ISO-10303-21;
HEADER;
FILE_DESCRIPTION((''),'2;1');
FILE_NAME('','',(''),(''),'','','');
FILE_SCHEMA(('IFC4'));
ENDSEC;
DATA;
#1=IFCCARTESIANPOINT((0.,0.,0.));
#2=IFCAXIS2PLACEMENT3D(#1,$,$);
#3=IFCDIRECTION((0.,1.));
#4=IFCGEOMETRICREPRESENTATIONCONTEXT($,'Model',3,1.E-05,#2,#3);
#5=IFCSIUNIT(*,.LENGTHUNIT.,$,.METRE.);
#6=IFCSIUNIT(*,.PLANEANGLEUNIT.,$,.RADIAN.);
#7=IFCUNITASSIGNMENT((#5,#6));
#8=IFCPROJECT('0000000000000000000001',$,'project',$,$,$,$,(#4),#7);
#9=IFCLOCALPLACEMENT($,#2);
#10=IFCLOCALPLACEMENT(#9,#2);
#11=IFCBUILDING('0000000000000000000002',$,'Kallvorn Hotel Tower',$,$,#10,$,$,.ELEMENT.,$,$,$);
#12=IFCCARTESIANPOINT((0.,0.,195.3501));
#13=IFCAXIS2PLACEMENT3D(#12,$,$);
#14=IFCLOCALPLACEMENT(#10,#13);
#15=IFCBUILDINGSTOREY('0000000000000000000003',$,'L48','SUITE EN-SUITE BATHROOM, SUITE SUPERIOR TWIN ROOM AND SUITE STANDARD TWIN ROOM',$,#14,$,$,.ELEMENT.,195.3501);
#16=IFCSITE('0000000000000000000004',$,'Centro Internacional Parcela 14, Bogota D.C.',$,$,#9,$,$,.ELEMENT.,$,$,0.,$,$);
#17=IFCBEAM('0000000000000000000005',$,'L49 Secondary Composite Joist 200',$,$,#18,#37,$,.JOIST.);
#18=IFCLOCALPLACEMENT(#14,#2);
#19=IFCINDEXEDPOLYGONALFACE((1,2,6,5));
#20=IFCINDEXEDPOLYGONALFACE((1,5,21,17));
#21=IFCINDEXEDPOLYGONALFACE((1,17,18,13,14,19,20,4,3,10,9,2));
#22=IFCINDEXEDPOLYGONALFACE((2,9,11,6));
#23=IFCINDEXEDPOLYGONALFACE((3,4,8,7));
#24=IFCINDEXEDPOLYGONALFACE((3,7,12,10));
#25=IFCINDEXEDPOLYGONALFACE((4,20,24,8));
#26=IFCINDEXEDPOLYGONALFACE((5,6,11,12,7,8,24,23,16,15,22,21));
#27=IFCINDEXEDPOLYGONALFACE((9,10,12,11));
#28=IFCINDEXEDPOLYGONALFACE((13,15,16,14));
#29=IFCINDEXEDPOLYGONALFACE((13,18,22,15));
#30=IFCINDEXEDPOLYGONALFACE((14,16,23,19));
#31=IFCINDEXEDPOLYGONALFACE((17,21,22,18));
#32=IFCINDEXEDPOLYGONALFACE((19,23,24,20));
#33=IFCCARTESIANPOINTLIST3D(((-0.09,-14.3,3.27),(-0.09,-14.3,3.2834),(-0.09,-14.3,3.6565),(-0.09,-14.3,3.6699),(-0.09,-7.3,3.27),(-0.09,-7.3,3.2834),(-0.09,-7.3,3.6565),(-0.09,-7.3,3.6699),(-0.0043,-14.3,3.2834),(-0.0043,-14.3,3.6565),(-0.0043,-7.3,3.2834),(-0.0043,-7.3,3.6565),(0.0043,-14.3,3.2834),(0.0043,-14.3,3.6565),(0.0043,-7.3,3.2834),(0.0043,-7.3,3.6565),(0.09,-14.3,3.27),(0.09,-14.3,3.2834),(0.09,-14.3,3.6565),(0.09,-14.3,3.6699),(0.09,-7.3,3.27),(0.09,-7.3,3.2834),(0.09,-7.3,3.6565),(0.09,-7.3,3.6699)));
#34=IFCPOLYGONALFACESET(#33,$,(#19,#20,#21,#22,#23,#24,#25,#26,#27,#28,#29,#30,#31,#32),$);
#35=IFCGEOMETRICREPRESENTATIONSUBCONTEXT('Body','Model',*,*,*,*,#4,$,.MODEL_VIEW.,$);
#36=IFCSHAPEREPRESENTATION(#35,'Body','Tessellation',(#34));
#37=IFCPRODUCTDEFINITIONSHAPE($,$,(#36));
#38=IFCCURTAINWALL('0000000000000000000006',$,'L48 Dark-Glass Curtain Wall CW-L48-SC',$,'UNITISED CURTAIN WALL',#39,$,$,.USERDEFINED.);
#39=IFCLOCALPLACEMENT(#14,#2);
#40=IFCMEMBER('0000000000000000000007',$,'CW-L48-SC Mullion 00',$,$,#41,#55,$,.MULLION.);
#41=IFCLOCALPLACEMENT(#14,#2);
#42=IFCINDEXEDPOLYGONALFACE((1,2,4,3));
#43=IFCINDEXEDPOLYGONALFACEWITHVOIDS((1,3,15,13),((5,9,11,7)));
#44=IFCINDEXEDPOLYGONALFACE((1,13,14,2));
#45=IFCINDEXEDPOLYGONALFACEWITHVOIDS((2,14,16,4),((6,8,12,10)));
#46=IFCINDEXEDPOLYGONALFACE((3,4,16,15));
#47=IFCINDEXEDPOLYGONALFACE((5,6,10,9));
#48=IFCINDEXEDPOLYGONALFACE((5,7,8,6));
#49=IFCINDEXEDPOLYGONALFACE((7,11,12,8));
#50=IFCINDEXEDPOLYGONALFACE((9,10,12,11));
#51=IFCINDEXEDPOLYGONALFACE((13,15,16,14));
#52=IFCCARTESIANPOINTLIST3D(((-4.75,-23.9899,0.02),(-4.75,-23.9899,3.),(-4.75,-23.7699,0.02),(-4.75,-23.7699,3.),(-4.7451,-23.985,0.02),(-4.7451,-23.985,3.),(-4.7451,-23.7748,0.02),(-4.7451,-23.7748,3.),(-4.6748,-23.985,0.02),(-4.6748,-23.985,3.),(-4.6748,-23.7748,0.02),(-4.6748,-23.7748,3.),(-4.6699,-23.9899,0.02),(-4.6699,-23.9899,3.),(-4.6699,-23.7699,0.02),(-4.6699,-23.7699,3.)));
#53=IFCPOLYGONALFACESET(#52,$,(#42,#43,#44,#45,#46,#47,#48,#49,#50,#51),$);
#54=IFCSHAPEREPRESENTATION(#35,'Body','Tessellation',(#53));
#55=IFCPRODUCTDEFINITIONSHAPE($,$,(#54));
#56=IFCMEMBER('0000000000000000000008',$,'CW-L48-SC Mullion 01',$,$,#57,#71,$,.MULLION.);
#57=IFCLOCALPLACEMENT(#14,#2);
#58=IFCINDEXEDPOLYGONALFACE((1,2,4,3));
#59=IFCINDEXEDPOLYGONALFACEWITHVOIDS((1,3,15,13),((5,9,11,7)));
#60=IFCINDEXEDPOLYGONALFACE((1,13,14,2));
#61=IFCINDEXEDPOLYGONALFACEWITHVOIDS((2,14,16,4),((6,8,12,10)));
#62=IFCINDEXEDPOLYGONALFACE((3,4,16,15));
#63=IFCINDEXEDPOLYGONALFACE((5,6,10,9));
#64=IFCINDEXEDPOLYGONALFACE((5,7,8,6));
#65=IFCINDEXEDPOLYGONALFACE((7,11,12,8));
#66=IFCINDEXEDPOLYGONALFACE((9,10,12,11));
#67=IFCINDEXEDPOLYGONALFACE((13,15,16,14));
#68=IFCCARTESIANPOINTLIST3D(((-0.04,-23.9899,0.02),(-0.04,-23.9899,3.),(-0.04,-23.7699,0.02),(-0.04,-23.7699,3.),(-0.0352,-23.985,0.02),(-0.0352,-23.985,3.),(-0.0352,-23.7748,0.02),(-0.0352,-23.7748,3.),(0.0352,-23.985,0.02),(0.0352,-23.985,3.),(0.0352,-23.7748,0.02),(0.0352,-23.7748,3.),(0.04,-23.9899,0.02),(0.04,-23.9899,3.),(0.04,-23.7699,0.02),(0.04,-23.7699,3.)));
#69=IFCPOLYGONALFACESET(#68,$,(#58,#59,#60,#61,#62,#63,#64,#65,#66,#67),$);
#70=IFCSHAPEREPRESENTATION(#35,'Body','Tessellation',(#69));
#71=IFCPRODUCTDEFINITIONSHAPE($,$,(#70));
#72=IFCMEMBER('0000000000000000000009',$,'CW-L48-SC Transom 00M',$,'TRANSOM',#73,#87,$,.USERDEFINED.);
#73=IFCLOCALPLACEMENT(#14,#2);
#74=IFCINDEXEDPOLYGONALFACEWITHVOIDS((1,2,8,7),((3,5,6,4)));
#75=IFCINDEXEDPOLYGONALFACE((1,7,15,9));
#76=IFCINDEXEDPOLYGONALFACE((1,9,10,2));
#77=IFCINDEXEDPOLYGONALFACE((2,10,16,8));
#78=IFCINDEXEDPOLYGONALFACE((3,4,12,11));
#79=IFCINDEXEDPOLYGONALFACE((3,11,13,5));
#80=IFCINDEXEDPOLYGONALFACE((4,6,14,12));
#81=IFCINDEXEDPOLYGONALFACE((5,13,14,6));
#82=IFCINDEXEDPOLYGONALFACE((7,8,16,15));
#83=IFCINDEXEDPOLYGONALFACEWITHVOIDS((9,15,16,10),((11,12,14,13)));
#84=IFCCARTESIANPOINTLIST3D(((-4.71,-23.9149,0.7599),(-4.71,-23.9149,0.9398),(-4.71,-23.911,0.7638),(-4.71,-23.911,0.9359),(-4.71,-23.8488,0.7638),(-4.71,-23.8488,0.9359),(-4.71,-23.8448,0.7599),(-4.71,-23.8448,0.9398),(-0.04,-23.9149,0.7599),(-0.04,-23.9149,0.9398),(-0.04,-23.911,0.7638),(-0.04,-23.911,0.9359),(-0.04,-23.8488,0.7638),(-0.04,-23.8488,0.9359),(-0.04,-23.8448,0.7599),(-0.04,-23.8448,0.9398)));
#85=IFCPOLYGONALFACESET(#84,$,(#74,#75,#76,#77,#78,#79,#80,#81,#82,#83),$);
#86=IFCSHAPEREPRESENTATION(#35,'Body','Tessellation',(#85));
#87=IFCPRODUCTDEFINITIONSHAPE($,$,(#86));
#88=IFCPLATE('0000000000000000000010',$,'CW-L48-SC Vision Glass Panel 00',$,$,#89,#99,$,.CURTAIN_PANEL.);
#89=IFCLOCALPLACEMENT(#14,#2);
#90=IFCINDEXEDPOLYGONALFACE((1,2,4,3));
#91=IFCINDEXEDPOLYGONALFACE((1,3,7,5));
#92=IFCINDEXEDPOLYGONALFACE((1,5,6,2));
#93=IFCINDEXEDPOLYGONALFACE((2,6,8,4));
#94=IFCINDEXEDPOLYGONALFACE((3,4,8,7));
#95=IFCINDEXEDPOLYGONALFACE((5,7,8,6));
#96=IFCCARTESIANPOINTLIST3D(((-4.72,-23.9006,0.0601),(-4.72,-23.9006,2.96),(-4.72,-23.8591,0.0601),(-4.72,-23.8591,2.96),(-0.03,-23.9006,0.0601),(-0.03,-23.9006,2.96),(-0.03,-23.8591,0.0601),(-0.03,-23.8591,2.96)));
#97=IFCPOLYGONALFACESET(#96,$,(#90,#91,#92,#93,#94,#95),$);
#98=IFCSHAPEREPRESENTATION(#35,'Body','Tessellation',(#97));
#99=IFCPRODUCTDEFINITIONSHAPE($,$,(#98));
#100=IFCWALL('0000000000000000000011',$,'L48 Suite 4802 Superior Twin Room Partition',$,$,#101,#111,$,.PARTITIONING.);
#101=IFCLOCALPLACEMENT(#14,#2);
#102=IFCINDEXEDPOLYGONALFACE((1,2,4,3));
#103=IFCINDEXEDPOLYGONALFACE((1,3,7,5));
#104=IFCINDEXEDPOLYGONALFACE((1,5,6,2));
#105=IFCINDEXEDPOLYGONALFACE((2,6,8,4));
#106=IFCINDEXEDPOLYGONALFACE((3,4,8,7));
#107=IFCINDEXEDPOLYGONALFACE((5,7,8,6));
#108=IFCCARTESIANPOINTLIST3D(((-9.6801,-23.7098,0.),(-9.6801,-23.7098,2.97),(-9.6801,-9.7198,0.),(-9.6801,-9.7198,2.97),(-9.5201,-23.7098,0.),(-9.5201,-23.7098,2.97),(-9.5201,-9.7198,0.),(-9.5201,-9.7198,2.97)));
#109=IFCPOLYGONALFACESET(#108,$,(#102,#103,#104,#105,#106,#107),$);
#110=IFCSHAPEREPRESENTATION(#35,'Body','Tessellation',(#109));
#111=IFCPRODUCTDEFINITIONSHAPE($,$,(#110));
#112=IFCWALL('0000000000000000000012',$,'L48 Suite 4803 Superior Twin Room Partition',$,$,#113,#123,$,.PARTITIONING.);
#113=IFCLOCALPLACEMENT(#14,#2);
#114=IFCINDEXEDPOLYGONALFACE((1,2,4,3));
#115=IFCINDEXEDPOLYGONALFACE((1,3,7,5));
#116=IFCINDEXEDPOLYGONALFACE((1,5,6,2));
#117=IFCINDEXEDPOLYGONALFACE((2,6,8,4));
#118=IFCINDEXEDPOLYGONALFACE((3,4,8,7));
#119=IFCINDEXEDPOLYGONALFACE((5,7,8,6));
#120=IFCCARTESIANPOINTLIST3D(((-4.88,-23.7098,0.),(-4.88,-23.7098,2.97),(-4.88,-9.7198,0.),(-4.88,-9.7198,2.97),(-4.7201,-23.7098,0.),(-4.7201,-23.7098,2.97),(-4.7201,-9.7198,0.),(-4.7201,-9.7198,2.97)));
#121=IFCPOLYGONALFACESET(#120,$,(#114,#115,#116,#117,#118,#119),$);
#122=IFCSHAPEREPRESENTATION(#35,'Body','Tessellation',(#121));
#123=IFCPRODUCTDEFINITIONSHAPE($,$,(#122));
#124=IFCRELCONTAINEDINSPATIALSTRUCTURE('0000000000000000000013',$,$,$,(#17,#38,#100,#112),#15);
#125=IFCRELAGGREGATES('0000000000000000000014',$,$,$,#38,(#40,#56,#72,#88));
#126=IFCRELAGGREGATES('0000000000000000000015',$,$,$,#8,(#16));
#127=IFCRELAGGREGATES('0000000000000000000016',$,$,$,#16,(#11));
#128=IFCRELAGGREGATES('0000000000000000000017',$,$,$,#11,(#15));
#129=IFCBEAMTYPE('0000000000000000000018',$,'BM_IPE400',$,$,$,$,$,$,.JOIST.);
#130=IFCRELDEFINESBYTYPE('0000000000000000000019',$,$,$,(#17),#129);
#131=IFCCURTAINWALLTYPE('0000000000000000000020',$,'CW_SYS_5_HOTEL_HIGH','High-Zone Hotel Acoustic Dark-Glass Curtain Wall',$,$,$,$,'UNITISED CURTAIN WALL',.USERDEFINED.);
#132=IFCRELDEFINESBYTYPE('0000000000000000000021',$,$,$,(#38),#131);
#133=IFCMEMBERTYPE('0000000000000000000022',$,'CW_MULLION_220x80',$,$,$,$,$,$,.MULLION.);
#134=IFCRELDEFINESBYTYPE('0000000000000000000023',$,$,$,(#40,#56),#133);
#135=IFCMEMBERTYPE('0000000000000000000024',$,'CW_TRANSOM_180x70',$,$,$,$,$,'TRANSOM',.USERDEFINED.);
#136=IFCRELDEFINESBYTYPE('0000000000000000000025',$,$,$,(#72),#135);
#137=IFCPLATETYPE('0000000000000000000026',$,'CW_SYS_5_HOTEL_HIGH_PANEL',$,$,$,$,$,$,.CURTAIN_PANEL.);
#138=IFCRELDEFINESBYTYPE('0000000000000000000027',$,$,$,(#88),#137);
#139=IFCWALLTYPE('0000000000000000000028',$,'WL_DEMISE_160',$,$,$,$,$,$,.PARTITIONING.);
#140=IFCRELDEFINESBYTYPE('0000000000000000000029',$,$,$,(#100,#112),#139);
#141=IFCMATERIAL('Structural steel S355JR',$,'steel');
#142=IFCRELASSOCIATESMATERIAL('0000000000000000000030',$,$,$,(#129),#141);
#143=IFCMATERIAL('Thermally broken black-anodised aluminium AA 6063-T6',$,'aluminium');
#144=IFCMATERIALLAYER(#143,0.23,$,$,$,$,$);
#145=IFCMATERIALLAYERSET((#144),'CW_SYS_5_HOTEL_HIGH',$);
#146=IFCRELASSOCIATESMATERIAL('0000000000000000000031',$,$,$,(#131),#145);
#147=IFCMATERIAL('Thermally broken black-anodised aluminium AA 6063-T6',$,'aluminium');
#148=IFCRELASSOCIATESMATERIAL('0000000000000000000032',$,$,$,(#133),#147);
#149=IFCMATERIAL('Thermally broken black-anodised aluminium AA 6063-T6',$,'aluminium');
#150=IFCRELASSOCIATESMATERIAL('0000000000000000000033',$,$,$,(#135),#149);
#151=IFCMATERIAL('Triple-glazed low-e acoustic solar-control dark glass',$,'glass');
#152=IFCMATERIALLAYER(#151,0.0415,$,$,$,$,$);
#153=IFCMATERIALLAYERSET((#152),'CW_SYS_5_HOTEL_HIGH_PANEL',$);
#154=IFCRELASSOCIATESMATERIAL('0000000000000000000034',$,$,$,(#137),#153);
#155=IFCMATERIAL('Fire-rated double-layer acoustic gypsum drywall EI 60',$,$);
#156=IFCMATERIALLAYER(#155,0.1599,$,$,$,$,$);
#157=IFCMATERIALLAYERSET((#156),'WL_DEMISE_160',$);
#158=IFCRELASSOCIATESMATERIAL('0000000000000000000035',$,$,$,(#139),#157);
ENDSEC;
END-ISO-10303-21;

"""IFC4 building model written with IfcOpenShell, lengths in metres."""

from ifc_helpers import new_model, si_unit, direction, frame, frame_2d, origin, origin_2d, place, context, subcontext, project, spatial, rectangle, hollow_rectangle, i_section, extrude, material, layer, layer_set, material_profile, profile_set, type_object, element, aggregate, save


model = new_model("IFC4")

# Units and contexts
model_context = context("Model", 3, precision=1e-05, world=origin(), true_north=direction((0.0, 1.0)))
body_context = subcontext(model_context, "Body", "Model", "MODEL_VIEW")
ifc_project = project(units=[si_unit("LENGTHUNIT", "METRE"), si_unit("PLANEANGLEUNIT", "RADIAN")], contexts=[model_context])

# Site, building, storey
site_placement = place(None, origin())
site = spatial("IfcSite", under=ifc_project, at=site_placement, Name="Centro Internacional Parcela 14, Bogota D.C.", CompositionType="ELEMENT", RefElevation=0.0)
building_placement = place(site_placement, origin())
building = spatial("IfcBuilding", under=site, at=building_placement, Name="Kallvorn Hotel Tower", CompositionType="ELEMENT")
storey_placement = place(building_placement, frame((0.0, 0.0, 195.3501)))
storey = spatial("IfcBuildingStorey", under=building, at=storey_placement, Name="L48", Description="SUITE EN-SUITE BATHROOM, SUITE SUPERIOR TWIN ROOM AND SUITE STANDARD TWIN ROOM", CompositionType="ELEMENT", Elevation=195.3501)

# Beam
ifc_material_1 = material(Name="Structural steel S355JR", Category="steel")
ifc_material_profile_1 = material_profile(ifc_material_1, i_section(OverallWidth=0.1799, OverallDepth=0.3999, WebThickness=0.0085, FlangeThickness=0.0134, at=origin_2d()), Name="IPE 400")
ifc_profile_set_1 = profile_set([ifc_material_profile_1], Name="Structural steel S355JR")
beam_type_1 = type_object("IfcBeamType", Name="BM_IPE400", PredefinedType="JOIST", material=ifc_profile_set_1)
for number, where, z_axis, x_axis, name in (
    (1, (0.0, -14.3, 3.47), (0.0, 1.0, 0.0), (-1.0, 0.0, 0.0), "L49 Secondary Composite Joist 200"),
):
    element("IfcBeam", number, at=place(storey_placement, frame(where, z_axis=z_axis, x_axis=x_axis)), inside=storey, type_object=beam_type_1, Name=name, PredefinedType="JOIST", context=body_context, shape_type="SweptSolid", body=[
        extrude(i_section(OverallWidth=0.1799, OverallDepth=0.3999, WebThickness=0.0085, FlangeThickness=0.0134, at=origin_2d()), origin(), (0.0, 0.0, 1.0), 7.0),
    ])

# Curtain wall, members, plate
ifc_material_2 = material(Name="Thermally broken black-anodised aluminium AA 6063-T6", Category="aluminium")
ifc_layer_1 = layer(ifc_material_2, 0.23)
ifc_layer_set_1 = layer_set([ifc_layer_1], Name="CW_SYS_5_HOTEL_HIGH")
curtain_wall_type = type_object("IfcCurtainWallType", Name="CW_SYS_5_HOTEL_HIGH", Description="High-Zone Hotel Acoustic Dark-Glass Curtain Wall", ElementType="UNITISED CURTAIN WALL", PredefinedType="USERDEFINED", material=ifc_layer_set_1)
curtain_wall_placement = place(storey_placement, origin())
curtain_wall = element("IfcCurtainWall", 2, at=curtain_wall_placement, inside=storey, type_object=curtain_wall_type, Name="L48 Dark-Glass Curtain Wall CW-L48-SC", ObjectType="UNITISED CURTAIN WALL", PredefinedType="USERDEFINED")
ifc_material_3 = material(Name="Thermally broken black-anodised aluminium AA 6063-T6", Category="aluminium")
ifc_material_profile_2 = material_profile(ifc_material_3, hollow_rectangle(XDim=0.0801, YDim=0.22, WallThickness=0.0049, at=origin_2d()), Name="MUL 220x80")
ifc_profile_set_2 = profile_set([ifc_material_profile_2], Name="Thermally broken black-anodised aluminium AA 6063-T6")
member_type_1 = type_object("IfcMemberType", Name="CW_MULLION_220x80", PredefinedType="MULLION", material=ifc_profile_set_2)
member_1_placement = place(storey_placement, frame((-4.71, -23.8799, 0.02), z_axis=(0.0, 0.0, 1.0), x_axis=(1.0, 0.0, 0.0)))
member_1 = element("IfcMember", 3, at=member_1_placement, type_object=member_type_1, Name="CW-L48-SC Mullion 00", PredefinedType="MULLION", context=body_context, shape_type="SweptSolid", body=[
    extrude(hollow_rectangle(XDim=0.0801, YDim=0.22, WallThickness=0.0049, at=origin_2d()), origin(), (0.0, 0.0, 1.0), 2.98),
])
member_2_placement = place(storey_placement, frame((0.0, -23.8799, 0.02), z_axis=(0.0, 0.0, 1.0), x_axis=(1.0, 0.0, 0.0)))
member_2 = element("IfcMember", 4, at=member_2_placement, type_object=member_type_1, Name="CW-L48-SC Mullion 01", PredefinedType="MULLION", context=body_context, shape_type="SweptSolid", body=[
    extrude(hollow_rectangle(XDim=0.0801, YDim=0.22, WallThickness=0.0049, at=origin_2d()), origin(), (0.0, 0.0, 1.0), 2.98),
])
ifc_material_4 = material(Name="Thermally broken black-anodised aluminium AA 6063-T6", Category="aluminium")
ifc_material_profile_3 = material_profile(ifc_material_4, hollow_rectangle(XDim=0.0701, YDim=0.1799, WallThickness=0.0039, at=origin_2d()), Name="TRN 180x70")
ifc_profile_set_3 = profile_set([ifc_material_profile_3], Name="Thermally broken black-anodised aluminium AA 6063-T6")
member_type_2 = type_object("IfcMemberType", Name="CW_TRANSOM_180x70", ElementType="TRANSOM", PredefinedType="USERDEFINED", material=ifc_profile_set_3)
member_3_placement = place(storey_placement, frame((-4.71, -23.8799, 0.8499), z_axis=(1.0, 0.0, 0.0), x_axis=(0.0, 1.0, 0.0)))
member_3 = element("IfcMember", 5, at=member_3_placement, type_object=member_type_2, Name="CW-L48-SC Transom 00M", ObjectType="TRANSOM", PredefinedType="USERDEFINED", context=body_context, shape_type="SweptSolid", body=[
    extrude(hollow_rectangle(XDim=0.0701, YDim=0.1799, WallThickness=0.0039, at=origin_2d()), origin(), (0.0, 0.0, 1.0), 4.6699),
])
ifc_material_5 = material(Name="Triple-glazed low-e acoustic solar-control dark glass", Category="glass")
ifc_layer_2 = layer(ifc_material_5, 0.0415)
ifc_layer_set_2 = layer_set([ifc_layer_2], Name="CW_SYS_5_HOTEL_HIGH_PANEL")
plate_type = type_object("IfcPlateType", Name="CW_SYS_5_HOTEL_HIGH_PANEL", PredefinedType="CURTAIN_PANEL", material=ifc_layer_set_2)
plate_placement = place(storey_placement, frame((-2.375, -23.8799, 0.0601), z_axis=(0.0, 0.0, 1.0), x_axis=(1.0, 0.0, 0.0)))
plate = element("IfcPlate", 6, at=plate_placement, type_object=plate_type, Name="CW-L48-SC Vision Glass Panel 00", PredefinedType="CURTAIN_PANEL", context=body_context, shape_type="SweptSolid", body=[
    extrude(rectangle(XDim=4.6899, YDim=0.0415, at=origin_2d()), origin(), (0.0, 0.0, 1.0), 2.8999),
])
aggregate(curtain_wall, [member_1, member_2, member_3, plate])

# Walls
ifc_material_6 = material(Name="Fire-rated double-layer acoustic gypsum drywall EI 60")
ifc_layer_3 = layer(ifc_material_6, 0.1599)
ifc_layer_set_3 = layer_set([ifc_layer_3], Name="WL_DEMISE_160")
wall_type = type_object("IfcWallType", Name="WL_DEMISE_160", PredefinedType="PARTITIONING", material=ifc_layer_set_3)
for number, where, z_axis, x_axis, name in (
    (7, (-9.6001, -23.71, 0.0), (0.0, 0.0, 1.0), (0.0, 1.0, 0.0), "L48 Suite 4802 Superior Twin Room Partition"),
    (8, (-4.8, -23.71, 0.0), (0.0, 0.0, 1.0), (0.0, 1.0, 0.0), "L48 Suite 4803 Superior Twin Room Partition"),
):
    element("IfcWall", number, at=place(storey_placement, frame(where, z_axis=z_axis, x_axis=x_axis)), inside=storey, type_object=wall_type, Name=name, PredefinedType="PARTITIONING", context=body_context, shape_type="SweptSolid", body=[
        extrude(rectangle(XDim=13.99, YDim=0.1599, at=frame_2d((6.9951, 0.0))), origin(), (0.0, 0.0, 1.0), 2.97),
    ])

save(model, "model.ifc")
